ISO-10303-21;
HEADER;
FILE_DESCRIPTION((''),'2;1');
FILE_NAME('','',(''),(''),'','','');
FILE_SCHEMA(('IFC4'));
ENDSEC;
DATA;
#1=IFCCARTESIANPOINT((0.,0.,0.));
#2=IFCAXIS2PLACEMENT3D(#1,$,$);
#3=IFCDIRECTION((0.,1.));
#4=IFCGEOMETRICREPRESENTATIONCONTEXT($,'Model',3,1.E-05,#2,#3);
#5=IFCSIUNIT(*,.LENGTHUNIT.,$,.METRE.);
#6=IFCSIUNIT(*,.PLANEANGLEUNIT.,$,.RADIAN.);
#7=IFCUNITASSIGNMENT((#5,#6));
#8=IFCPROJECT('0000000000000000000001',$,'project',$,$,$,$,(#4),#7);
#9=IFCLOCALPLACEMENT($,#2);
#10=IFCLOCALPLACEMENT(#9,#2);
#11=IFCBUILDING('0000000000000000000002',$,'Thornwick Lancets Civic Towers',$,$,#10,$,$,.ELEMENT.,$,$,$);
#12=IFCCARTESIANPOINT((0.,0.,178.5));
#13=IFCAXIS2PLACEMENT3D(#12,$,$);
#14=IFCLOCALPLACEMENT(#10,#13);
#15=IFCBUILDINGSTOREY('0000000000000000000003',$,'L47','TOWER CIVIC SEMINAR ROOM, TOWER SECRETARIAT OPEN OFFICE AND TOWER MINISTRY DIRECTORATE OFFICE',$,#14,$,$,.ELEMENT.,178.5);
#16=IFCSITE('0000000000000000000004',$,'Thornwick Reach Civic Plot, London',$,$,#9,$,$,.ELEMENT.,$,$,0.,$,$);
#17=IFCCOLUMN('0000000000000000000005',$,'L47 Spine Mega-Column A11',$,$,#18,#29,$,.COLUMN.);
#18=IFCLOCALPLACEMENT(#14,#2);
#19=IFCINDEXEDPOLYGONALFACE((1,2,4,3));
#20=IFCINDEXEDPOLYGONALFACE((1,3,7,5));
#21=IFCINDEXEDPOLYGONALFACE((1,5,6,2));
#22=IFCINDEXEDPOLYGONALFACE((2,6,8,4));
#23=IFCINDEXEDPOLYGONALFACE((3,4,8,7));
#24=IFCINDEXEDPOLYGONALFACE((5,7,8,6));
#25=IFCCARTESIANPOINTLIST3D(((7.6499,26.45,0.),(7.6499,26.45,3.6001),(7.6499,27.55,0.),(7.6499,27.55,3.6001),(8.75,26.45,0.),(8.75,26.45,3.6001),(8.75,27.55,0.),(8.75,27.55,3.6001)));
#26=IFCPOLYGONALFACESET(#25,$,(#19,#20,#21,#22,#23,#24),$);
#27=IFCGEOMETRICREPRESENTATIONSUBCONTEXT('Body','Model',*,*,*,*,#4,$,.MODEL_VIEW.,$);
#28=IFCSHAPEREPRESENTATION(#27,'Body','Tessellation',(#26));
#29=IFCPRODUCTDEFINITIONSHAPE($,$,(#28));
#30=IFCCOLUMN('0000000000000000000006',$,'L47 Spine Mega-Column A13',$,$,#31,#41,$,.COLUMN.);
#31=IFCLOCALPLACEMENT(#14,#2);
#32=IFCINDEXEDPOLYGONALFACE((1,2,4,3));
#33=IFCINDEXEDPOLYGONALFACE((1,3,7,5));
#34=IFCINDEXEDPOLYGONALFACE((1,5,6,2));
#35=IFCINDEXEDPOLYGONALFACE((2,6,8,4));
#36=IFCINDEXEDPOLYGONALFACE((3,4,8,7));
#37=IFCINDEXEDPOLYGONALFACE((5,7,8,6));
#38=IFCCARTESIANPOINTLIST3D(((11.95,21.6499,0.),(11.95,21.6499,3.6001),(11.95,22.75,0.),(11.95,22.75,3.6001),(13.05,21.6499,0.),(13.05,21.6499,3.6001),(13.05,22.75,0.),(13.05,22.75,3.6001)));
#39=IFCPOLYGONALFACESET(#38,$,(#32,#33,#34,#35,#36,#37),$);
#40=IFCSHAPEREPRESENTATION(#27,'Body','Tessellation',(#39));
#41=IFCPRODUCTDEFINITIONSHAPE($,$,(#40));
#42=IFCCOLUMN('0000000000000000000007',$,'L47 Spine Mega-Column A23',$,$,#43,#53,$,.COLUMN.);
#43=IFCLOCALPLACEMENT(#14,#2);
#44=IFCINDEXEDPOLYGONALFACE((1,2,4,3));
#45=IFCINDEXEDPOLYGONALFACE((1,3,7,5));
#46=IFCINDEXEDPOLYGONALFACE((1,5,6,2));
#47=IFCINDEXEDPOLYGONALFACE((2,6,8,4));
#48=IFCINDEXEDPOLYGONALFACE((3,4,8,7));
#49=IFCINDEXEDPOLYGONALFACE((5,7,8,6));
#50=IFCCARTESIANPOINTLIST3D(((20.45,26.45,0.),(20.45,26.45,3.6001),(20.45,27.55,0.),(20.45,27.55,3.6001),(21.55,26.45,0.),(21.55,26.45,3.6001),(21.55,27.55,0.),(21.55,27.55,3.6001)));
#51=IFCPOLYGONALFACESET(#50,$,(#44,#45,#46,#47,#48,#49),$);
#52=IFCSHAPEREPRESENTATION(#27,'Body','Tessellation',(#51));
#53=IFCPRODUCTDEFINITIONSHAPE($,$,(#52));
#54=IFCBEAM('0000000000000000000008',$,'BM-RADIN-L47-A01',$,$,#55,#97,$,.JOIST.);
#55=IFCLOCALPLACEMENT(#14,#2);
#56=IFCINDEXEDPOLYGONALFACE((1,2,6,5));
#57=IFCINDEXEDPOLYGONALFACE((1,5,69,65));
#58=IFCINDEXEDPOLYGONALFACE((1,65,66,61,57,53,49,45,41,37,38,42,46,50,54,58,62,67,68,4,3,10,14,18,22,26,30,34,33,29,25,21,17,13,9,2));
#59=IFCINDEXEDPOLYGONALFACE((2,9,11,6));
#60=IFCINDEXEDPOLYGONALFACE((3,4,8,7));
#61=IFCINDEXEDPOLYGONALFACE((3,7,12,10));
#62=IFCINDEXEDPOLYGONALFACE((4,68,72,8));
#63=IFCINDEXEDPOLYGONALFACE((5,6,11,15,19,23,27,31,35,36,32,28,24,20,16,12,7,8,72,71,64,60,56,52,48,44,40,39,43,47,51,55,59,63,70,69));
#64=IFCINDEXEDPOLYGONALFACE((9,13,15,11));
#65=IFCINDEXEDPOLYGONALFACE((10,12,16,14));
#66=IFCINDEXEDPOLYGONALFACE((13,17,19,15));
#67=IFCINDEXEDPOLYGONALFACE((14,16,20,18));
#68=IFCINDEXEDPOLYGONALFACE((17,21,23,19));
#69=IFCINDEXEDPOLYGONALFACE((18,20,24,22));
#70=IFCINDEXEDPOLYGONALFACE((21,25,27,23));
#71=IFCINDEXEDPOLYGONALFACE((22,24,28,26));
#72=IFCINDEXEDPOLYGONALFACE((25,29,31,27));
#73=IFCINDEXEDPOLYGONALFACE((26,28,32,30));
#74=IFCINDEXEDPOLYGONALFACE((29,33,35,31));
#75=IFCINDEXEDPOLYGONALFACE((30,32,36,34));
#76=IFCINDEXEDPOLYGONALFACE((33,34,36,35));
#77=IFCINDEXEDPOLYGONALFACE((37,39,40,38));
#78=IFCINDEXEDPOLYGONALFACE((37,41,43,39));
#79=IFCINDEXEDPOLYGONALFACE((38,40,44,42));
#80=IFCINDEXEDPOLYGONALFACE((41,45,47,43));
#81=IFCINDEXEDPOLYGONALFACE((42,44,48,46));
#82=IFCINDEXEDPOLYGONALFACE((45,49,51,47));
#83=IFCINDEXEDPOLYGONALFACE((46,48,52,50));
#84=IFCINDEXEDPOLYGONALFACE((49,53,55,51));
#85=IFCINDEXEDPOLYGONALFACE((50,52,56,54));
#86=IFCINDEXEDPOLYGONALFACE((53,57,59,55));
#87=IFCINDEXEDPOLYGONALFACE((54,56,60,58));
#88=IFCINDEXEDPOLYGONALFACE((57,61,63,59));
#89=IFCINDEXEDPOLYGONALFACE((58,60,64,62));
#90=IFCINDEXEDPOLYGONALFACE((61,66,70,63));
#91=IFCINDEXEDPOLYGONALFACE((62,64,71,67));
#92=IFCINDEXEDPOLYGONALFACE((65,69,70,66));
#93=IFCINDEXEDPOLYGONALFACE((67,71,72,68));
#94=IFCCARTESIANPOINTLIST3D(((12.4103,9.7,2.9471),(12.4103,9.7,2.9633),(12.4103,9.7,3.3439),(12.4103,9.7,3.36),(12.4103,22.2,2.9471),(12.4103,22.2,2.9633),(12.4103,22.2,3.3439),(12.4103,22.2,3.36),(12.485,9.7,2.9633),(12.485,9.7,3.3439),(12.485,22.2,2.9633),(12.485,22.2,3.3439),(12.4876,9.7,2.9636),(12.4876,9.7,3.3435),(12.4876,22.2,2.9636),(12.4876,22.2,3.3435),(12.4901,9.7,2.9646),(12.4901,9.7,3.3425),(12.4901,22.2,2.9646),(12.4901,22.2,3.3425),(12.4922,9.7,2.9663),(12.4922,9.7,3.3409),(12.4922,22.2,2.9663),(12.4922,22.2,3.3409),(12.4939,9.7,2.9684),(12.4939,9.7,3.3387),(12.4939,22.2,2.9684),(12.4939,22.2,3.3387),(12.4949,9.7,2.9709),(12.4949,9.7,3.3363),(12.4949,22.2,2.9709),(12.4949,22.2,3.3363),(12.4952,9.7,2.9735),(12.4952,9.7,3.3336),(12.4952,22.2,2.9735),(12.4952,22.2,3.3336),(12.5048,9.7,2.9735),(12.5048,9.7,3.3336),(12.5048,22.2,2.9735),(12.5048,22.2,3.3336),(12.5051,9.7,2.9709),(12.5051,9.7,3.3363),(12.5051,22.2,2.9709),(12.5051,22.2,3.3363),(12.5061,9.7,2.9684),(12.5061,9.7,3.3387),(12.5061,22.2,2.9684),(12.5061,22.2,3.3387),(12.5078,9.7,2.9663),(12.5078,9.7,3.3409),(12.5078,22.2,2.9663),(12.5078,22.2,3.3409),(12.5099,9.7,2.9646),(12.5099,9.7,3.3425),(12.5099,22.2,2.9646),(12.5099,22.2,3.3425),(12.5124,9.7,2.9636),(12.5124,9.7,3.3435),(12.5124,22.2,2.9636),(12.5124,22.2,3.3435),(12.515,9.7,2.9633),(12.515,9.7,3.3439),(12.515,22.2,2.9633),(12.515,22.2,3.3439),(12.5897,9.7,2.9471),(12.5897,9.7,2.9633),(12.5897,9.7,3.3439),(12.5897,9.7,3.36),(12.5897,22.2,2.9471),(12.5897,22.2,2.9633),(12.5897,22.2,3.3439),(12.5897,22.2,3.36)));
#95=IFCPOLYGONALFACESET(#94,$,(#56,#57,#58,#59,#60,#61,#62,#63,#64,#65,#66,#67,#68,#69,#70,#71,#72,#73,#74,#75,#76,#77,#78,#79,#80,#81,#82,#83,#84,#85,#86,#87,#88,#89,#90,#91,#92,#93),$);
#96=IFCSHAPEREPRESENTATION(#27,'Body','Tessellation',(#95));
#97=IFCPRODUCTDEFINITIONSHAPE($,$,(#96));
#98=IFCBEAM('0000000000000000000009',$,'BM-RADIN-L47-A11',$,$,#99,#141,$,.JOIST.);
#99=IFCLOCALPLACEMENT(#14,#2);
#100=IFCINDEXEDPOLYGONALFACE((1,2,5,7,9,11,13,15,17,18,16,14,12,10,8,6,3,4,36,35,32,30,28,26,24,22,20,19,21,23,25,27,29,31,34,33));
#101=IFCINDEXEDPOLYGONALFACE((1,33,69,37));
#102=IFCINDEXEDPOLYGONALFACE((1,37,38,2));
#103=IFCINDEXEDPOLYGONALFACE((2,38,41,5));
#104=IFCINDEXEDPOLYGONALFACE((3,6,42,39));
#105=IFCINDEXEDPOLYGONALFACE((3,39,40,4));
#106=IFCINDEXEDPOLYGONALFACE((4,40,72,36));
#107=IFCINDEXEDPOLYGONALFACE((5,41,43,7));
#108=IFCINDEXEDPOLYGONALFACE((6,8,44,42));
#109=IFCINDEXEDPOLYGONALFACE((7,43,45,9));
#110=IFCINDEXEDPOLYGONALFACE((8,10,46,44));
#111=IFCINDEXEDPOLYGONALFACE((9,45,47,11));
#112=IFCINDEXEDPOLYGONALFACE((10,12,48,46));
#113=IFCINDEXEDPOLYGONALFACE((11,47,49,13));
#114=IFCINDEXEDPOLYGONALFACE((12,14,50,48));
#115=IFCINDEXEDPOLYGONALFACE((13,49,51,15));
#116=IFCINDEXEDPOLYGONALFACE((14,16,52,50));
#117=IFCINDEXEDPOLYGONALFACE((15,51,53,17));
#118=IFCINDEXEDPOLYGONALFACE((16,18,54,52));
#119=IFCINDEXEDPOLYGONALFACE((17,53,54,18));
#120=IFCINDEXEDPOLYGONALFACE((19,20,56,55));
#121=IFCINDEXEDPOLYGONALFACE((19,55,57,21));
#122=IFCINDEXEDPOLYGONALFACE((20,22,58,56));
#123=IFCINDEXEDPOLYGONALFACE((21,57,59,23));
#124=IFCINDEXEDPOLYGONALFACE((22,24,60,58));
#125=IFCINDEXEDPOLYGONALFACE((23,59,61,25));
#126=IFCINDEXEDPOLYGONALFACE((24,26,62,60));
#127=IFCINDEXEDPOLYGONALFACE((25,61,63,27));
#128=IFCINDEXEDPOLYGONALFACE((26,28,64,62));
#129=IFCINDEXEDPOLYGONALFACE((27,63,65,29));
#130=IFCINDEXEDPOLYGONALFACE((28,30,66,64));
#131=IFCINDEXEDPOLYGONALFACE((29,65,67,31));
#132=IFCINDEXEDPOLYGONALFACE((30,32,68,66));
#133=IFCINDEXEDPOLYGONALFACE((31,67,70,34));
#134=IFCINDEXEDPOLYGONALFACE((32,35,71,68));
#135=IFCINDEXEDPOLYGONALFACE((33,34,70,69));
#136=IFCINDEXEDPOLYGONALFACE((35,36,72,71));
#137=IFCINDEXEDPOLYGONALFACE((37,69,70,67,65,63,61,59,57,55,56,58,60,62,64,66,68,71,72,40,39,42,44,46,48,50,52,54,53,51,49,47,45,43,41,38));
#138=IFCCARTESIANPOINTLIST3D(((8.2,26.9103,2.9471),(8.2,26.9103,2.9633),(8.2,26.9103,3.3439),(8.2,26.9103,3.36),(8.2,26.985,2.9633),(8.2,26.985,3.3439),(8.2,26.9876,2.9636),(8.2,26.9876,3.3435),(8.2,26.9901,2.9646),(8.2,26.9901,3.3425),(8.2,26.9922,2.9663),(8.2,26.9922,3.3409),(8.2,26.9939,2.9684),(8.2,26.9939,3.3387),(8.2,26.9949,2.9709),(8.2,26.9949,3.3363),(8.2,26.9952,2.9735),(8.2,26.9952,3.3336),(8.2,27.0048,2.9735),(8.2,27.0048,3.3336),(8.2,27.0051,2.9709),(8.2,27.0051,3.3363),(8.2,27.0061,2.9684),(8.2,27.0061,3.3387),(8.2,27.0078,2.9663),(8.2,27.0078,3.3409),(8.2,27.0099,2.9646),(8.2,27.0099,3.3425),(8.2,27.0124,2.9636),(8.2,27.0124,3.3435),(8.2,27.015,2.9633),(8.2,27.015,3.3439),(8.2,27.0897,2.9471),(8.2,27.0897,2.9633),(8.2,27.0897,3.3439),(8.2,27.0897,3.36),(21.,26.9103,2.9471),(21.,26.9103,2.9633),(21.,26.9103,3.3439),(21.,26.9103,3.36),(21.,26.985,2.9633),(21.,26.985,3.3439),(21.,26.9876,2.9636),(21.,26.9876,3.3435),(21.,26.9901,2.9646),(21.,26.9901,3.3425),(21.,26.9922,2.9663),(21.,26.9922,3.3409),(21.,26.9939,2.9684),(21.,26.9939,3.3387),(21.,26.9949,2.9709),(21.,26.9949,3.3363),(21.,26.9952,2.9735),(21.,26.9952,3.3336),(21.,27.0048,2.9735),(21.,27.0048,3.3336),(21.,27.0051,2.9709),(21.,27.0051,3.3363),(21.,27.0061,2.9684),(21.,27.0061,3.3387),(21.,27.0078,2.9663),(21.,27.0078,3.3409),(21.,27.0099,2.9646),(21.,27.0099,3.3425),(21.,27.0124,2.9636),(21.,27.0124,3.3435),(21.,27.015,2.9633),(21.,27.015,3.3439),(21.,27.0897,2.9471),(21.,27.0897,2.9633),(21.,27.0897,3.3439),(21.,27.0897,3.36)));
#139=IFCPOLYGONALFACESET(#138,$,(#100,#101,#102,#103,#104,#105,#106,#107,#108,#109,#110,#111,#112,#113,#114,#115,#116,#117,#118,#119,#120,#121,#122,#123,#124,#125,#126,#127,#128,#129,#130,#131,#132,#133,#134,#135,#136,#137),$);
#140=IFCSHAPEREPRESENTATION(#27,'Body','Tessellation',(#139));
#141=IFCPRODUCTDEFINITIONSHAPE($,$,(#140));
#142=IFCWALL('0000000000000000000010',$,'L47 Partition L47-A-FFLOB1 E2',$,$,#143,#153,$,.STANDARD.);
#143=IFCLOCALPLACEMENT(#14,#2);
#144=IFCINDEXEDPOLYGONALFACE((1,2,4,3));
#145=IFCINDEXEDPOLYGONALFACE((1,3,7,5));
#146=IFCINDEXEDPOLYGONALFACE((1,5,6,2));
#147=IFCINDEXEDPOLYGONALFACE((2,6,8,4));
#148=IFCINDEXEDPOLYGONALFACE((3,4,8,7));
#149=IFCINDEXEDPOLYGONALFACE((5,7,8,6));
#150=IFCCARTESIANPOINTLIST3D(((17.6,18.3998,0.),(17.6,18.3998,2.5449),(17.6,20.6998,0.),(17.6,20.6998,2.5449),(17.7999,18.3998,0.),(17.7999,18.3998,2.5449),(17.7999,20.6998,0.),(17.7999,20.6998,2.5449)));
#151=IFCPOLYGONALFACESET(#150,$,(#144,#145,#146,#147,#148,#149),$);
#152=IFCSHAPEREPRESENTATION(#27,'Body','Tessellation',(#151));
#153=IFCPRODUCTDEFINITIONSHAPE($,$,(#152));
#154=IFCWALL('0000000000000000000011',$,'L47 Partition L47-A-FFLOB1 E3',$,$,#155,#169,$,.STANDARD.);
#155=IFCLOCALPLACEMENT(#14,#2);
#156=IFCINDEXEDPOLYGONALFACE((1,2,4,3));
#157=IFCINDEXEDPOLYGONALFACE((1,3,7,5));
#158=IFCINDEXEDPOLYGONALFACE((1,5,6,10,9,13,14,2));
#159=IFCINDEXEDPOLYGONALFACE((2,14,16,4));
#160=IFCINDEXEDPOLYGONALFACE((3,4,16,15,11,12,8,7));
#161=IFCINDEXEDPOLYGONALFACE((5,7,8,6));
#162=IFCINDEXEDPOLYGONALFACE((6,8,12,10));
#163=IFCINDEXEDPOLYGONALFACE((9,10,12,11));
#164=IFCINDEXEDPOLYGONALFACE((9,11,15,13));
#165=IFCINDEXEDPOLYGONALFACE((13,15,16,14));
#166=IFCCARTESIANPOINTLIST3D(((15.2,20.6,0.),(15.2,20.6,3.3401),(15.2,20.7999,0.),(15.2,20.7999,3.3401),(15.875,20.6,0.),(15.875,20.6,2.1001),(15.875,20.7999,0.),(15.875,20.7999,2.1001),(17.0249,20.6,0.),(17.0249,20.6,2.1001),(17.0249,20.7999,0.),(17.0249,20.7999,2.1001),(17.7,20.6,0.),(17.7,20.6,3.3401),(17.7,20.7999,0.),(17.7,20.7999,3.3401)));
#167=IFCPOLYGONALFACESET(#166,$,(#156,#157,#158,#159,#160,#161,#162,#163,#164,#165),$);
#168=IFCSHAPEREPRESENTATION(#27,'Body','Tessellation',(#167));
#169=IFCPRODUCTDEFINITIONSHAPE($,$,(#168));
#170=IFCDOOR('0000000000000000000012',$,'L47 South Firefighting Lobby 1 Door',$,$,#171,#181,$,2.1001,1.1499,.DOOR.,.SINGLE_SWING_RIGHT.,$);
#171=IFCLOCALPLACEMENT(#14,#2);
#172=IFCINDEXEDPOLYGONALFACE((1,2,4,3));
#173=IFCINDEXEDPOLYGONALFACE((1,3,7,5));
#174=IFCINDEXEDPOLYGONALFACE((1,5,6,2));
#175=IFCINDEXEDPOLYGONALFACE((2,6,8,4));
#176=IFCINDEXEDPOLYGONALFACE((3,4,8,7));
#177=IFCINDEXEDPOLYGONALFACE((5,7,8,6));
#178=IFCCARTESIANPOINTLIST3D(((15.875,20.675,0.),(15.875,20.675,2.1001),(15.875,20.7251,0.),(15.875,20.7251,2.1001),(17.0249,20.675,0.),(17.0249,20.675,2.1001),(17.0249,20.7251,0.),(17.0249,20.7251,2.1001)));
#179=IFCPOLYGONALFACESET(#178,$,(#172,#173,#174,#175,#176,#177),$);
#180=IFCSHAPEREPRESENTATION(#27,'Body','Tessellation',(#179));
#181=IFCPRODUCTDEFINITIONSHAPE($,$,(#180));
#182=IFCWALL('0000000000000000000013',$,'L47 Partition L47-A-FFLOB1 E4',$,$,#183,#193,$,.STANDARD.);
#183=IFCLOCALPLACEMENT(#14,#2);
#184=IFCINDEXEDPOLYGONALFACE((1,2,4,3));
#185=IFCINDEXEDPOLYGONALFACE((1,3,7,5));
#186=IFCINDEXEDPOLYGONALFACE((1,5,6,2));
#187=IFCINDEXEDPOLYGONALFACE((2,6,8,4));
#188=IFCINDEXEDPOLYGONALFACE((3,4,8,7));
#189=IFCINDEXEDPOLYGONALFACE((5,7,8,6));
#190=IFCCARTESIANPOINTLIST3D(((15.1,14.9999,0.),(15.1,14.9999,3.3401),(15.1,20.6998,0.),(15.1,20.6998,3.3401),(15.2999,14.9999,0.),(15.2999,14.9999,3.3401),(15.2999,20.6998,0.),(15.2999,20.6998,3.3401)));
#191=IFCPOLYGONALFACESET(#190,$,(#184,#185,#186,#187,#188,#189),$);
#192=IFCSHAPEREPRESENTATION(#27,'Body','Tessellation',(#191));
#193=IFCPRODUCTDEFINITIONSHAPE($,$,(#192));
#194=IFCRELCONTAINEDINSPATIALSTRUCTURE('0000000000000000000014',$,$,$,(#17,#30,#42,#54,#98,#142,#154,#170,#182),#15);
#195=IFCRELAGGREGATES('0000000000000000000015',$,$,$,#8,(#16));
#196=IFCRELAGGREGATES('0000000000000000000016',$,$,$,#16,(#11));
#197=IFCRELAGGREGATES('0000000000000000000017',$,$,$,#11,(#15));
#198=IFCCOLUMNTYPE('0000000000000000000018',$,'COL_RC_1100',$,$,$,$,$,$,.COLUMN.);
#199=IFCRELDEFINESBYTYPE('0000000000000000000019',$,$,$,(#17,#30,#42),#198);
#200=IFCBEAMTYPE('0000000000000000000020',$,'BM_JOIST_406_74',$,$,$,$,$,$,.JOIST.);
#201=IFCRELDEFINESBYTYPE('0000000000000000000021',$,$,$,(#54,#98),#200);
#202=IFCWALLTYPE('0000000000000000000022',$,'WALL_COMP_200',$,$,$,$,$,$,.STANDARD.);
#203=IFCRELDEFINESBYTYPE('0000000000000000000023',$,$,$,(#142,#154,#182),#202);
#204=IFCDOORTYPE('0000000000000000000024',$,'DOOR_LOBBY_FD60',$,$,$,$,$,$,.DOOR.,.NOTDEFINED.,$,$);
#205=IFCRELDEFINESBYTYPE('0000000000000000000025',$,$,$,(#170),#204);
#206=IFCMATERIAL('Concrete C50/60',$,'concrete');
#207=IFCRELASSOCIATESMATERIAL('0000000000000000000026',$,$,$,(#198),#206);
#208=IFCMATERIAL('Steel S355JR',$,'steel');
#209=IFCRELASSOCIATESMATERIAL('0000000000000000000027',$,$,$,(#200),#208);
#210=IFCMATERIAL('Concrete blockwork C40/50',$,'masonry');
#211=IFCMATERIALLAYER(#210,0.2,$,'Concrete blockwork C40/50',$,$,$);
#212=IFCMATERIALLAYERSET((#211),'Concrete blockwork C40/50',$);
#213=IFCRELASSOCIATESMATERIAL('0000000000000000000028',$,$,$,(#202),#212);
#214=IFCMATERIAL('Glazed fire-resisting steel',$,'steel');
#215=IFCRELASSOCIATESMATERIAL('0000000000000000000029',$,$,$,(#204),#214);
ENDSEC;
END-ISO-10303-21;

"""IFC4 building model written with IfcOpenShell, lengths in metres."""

from ifc_helpers import new_model, si_unit, direction, frame, frame_2d, origin, origin_2d, place, context, subcontext, project, spatial, rectangle, i_section, extrude, material, layer, layer_set, material_profile, profile_set, type_object, element, fill, save


model = new_model("IFC4")

# Units and contexts
model_context = context("Model", 3, precision=1e-05, world=origin(), true_north=direction((0.0, 1.0)))
body_context = subcontext(model_context, "Body", "Model", "MODEL_VIEW")
ifc_project = project(units=[si_unit("LENGTHUNIT", "METRE"), si_unit("PLANEANGLEUNIT", "RADIAN")], contexts=[model_context])

# Site, building, storey
site_placement = place(None, origin())
site = spatial("IfcSite", under=ifc_project, at=site_placement, Name="Thornwick Reach Civic Plot, London", CompositionType="ELEMENT", RefElevation=0.0)
building_placement = place(site_placement, origin())
building = spatial("IfcBuilding", under=site, at=building_placement, Name="Thornwick Lancets Civic Towers", CompositionType="ELEMENT")
storey_placement = place(building_placement, frame((0.0, 0.0, 178.5)))
storey = spatial("IfcBuildingStorey", under=building, at=storey_placement, Name="L47", Description="TOWER CIVIC SEMINAR ROOM, TOWER SECRETARIAT OPEN OFFICE AND TOWER MINISTRY DIRECTORATE OFFICE", CompositionType="ELEMENT", Elevation=178.5)

# Columns
ifc_material_1 = material(Name="Concrete C50/60", Category="concrete")
ifc_material_profile_1 = material_profile(ifc_material_1, rectangle(XDim=1.1001, YDim=1.1001, at=origin_2d()), Name="RC 1100x1100")
ifc_profile_set_1 = profile_set([ifc_material_profile_1], Name="Concrete C50/60")
column_type = type_object("IfcColumnType", Name="COL_RC_1100", PredefinedType="COLUMN", material=ifc_profile_set_1)
for number, where, z_axis, x_axis, name in (
    (1, (8.2, 27.0, 0.0), (0.0, 0.0, 1.0), (1.0, 0.0, 0.0), "L47 Spine Mega-Column A11"),
    (2, (12.5, 22.2, 0.0), (0.0, 0.0, 1.0), (1.0, 0.0, 0.0), "L47 Spine Mega-Column A13"),
    (3, (21.0, 27.0, 0.0), (0.0, 0.0, 1.0), (1.0, 0.0, 0.0), "L47 Spine Mega-Column A23"),
):
    element("IfcColumn", number, at=place(storey_placement, frame(where, z_axis=z_axis, x_axis=x_axis)), inside=storey, type_object=column_type, Name=name, PredefinedType="COLUMN", context=body_context, shape_type="SweptSolid", body=[
        extrude(rectangle(XDim=1.1001, YDim=1.1001, at=origin_2d()), origin(), (0.0, 0.0, 1.0), 3.6001),
    ])

# Beams
ifc_material_2 = material(Name="Steel S355JR", Category="steel")
ifc_material_profile_2 = material_profile(ifc_material_2, i_section(OverallWidth=0.1794, OverallDepth=0.4128, WebThickness=0.0095, FlangeThickness=0.0161, FilletRadius=0.0103, at=origin_2d()), Name="UKB 406x178x74")
ifc_profile_set_2 = profile_set([ifc_material_profile_2], Name="Steel S355JR")
beam_type = type_object("IfcBeamType", Name="BM_JOIST_406_74", PredefinedType="JOIST", material=ifc_profile_set_2)
beam_1_placement = place(storey_placement, frame((12.5, 22.2, 3.1536), z_axis=(0.0, -1.0, 0.0), x_axis=(1.0, 0.0, 0.0)))
element("IfcBeam", 4, at=beam_1_placement, inside=storey, type_object=beam_type, Name="BM-RADIN-L47-A01", PredefinedType="JOIST", context=body_context, shape_type="SweptSolid", body=[
    extrude(i_section(OverallWidth=0.1794, OverallDepth=0.4128, WebThickness=0.0095, FlangeThickness=0.0161, FilletRadius=0.0103, at=origin_2d()), origin(), (0.0, 0.0, 1.0), 12.5),
])
beam_2_placement = place(storey_placement, frame((21.0, 27.0, 3.1536), z_axis=(-1.0, 0.0, 0.0), x_axis=(0.0, -1.0, 0.0)))
element("IfcBeam", 5, at=beam_2_placement, inside=storey, type_object=beam_type, Name="BM-RADIN-L47-A11", PredefinedType="JOIST", context=body_context, shape_type="SweptSolid", body=[
    extrude(i_section(OverallWidth=0.1794, OverallDepth=0.4128, WebThickness=0.0095, FlangeThickness=0.0161, FilletRadius=0.0103, at=origin_2d()), origin(), (0.0, 0.0, 1.0), 12.8),
])

# Wall
ifc_material_3 = material(Name="Concrete blockwork C40/50", Category="masonry")
ifc_layer_1 = layer(ifc_material_3, 0.2, Name="Concrete blockwork C40/50")
ifc_layer_set_1 = layer_set([ifc_layer_1], Name="Concrete blockwork C40/50")
wall_type_1 = type_object("IfcWallType", Name="WALL_COMP_200", PredefinedType="STANDARD", material=ifc_layer_set_1)
wall_1_placement = place(storey_placement, frame((17.7, 18.3999, 0.0), z_axis=(0.0, 0.0, 1.0), x_axis=(0.0, 1.0, 0.0)))
element("IfcWall", 6, at=wall_1_placement, inside=storey, type_object=wall_type_1, Name="L47 Partition L47-A-FFLOB1 E2", PredefinedType="STANDARD", context=body_context, shape_type="SweptSolid", body=[
    extrude(rectangle(XDim=2.3, YDim=0.2, at=frame_2d((1.1499, 0.0))), origin(), (0.0, 0.0, 1.0), 2.5449),
])

# Wall, opening, door
wall_2_placement = place(storey_placement, frame((17.7, 20.7, 0.0), z_axis=(0.0, 0.0, 1.0), x_axis=(-1.0, 0.0, 0.0)))
wall_2 = element("IfcWall", 7, at=wall_2_placement, inside=storey, type_object=wall_type_1, Name="L47 Partition L47-A-FFLOB1 E3", PredefinedType="STANDARD", context=body_context, shape_type="SweptSolid", body=[
    extrude(rectangle(XDim=2.5, YDim=0.2, at=frame_2d((1.25, 0.0))), origin(), (0.0, 0.0, 1.0), 3.3401),
])
opening_1_placement = place(wall_2_placement, frame((0.675, 0.0, 0.0)))
opening_1 = element("IfcOpeningElement", 8, at=opening_1_placement, cuts=wall_2, PredefinedType="OPENING", context=body_context, shape_type="SweptSolid", body=[
    extrude(rectangle(XDim=1.1499, YDim=2.1001, at=frame_2d((0.575, 1.05))), frame((0.0, 0.1099, 0.0), z_axis=(0.0, -1.0, 0.0), x_axis=(1.0, 0.0, 0.0)), (0.0, 0.0, 1.0), 0.22),
])
ifc_material_4 = material(Name="Glazed fire-resisting steel", Category="steel")
door_type_1 = type_object("IfcDoorType", Name="DOOR_LOBBY_FD60", OperationType="NOTDEFINED", PredefinedType="DOOR", material=ifc_material_4)
door_1_placement = place(opening_1_placement, origin())
door_1 = element("IfcDoor", 9, at=door_1_placement, inside=storey, type_object=door_type_1, Name="L47 South Firefighting Lobby 1 Door", OperationType="SINGLE_SWING_RIGHT", OverallHeight=2.1001, OverallWidth=1.1499, PredefinedType="DOOR", context=body_context, shape_type="SweptSolid", body=[
    extrude(rectangle(XDim=1.1499, YDim=2.1001, at=frame_2d((0.575, 1.05))), frame((0.0, 0.0249, 0.0), z_axis=(0.0, -1.0, 0.0), x_axis=(1.0, 0.0, 0.0)), (0.0, 0.0, 1.0), 0.05),
])
fill(opening_1, door_1)

# Wall
wall_3_placement = place(storey_placement, frame((15.2, 20.7, 0.0), z_axis=(0.0, 0.0, 1.0), x_axis=(0.0, -1.0, 0.0)))
element("IfcWall", 10, at=wall_3_placement, inside=storey, type_object=wall_type_1, Name="L47 Partition L47-A-FFLOB1 E4", PredefinedType="STANDARD", context=body_context, shape_type="SweptSolid", body=[
    extrude(rectangle(XDim=5.7, YDim=0.2, at=frame_2d((2.8501, 0.0))), origin(), (0.0, 0.0, 1.0), 3.3401),
])

save(model, "model.ifc")
